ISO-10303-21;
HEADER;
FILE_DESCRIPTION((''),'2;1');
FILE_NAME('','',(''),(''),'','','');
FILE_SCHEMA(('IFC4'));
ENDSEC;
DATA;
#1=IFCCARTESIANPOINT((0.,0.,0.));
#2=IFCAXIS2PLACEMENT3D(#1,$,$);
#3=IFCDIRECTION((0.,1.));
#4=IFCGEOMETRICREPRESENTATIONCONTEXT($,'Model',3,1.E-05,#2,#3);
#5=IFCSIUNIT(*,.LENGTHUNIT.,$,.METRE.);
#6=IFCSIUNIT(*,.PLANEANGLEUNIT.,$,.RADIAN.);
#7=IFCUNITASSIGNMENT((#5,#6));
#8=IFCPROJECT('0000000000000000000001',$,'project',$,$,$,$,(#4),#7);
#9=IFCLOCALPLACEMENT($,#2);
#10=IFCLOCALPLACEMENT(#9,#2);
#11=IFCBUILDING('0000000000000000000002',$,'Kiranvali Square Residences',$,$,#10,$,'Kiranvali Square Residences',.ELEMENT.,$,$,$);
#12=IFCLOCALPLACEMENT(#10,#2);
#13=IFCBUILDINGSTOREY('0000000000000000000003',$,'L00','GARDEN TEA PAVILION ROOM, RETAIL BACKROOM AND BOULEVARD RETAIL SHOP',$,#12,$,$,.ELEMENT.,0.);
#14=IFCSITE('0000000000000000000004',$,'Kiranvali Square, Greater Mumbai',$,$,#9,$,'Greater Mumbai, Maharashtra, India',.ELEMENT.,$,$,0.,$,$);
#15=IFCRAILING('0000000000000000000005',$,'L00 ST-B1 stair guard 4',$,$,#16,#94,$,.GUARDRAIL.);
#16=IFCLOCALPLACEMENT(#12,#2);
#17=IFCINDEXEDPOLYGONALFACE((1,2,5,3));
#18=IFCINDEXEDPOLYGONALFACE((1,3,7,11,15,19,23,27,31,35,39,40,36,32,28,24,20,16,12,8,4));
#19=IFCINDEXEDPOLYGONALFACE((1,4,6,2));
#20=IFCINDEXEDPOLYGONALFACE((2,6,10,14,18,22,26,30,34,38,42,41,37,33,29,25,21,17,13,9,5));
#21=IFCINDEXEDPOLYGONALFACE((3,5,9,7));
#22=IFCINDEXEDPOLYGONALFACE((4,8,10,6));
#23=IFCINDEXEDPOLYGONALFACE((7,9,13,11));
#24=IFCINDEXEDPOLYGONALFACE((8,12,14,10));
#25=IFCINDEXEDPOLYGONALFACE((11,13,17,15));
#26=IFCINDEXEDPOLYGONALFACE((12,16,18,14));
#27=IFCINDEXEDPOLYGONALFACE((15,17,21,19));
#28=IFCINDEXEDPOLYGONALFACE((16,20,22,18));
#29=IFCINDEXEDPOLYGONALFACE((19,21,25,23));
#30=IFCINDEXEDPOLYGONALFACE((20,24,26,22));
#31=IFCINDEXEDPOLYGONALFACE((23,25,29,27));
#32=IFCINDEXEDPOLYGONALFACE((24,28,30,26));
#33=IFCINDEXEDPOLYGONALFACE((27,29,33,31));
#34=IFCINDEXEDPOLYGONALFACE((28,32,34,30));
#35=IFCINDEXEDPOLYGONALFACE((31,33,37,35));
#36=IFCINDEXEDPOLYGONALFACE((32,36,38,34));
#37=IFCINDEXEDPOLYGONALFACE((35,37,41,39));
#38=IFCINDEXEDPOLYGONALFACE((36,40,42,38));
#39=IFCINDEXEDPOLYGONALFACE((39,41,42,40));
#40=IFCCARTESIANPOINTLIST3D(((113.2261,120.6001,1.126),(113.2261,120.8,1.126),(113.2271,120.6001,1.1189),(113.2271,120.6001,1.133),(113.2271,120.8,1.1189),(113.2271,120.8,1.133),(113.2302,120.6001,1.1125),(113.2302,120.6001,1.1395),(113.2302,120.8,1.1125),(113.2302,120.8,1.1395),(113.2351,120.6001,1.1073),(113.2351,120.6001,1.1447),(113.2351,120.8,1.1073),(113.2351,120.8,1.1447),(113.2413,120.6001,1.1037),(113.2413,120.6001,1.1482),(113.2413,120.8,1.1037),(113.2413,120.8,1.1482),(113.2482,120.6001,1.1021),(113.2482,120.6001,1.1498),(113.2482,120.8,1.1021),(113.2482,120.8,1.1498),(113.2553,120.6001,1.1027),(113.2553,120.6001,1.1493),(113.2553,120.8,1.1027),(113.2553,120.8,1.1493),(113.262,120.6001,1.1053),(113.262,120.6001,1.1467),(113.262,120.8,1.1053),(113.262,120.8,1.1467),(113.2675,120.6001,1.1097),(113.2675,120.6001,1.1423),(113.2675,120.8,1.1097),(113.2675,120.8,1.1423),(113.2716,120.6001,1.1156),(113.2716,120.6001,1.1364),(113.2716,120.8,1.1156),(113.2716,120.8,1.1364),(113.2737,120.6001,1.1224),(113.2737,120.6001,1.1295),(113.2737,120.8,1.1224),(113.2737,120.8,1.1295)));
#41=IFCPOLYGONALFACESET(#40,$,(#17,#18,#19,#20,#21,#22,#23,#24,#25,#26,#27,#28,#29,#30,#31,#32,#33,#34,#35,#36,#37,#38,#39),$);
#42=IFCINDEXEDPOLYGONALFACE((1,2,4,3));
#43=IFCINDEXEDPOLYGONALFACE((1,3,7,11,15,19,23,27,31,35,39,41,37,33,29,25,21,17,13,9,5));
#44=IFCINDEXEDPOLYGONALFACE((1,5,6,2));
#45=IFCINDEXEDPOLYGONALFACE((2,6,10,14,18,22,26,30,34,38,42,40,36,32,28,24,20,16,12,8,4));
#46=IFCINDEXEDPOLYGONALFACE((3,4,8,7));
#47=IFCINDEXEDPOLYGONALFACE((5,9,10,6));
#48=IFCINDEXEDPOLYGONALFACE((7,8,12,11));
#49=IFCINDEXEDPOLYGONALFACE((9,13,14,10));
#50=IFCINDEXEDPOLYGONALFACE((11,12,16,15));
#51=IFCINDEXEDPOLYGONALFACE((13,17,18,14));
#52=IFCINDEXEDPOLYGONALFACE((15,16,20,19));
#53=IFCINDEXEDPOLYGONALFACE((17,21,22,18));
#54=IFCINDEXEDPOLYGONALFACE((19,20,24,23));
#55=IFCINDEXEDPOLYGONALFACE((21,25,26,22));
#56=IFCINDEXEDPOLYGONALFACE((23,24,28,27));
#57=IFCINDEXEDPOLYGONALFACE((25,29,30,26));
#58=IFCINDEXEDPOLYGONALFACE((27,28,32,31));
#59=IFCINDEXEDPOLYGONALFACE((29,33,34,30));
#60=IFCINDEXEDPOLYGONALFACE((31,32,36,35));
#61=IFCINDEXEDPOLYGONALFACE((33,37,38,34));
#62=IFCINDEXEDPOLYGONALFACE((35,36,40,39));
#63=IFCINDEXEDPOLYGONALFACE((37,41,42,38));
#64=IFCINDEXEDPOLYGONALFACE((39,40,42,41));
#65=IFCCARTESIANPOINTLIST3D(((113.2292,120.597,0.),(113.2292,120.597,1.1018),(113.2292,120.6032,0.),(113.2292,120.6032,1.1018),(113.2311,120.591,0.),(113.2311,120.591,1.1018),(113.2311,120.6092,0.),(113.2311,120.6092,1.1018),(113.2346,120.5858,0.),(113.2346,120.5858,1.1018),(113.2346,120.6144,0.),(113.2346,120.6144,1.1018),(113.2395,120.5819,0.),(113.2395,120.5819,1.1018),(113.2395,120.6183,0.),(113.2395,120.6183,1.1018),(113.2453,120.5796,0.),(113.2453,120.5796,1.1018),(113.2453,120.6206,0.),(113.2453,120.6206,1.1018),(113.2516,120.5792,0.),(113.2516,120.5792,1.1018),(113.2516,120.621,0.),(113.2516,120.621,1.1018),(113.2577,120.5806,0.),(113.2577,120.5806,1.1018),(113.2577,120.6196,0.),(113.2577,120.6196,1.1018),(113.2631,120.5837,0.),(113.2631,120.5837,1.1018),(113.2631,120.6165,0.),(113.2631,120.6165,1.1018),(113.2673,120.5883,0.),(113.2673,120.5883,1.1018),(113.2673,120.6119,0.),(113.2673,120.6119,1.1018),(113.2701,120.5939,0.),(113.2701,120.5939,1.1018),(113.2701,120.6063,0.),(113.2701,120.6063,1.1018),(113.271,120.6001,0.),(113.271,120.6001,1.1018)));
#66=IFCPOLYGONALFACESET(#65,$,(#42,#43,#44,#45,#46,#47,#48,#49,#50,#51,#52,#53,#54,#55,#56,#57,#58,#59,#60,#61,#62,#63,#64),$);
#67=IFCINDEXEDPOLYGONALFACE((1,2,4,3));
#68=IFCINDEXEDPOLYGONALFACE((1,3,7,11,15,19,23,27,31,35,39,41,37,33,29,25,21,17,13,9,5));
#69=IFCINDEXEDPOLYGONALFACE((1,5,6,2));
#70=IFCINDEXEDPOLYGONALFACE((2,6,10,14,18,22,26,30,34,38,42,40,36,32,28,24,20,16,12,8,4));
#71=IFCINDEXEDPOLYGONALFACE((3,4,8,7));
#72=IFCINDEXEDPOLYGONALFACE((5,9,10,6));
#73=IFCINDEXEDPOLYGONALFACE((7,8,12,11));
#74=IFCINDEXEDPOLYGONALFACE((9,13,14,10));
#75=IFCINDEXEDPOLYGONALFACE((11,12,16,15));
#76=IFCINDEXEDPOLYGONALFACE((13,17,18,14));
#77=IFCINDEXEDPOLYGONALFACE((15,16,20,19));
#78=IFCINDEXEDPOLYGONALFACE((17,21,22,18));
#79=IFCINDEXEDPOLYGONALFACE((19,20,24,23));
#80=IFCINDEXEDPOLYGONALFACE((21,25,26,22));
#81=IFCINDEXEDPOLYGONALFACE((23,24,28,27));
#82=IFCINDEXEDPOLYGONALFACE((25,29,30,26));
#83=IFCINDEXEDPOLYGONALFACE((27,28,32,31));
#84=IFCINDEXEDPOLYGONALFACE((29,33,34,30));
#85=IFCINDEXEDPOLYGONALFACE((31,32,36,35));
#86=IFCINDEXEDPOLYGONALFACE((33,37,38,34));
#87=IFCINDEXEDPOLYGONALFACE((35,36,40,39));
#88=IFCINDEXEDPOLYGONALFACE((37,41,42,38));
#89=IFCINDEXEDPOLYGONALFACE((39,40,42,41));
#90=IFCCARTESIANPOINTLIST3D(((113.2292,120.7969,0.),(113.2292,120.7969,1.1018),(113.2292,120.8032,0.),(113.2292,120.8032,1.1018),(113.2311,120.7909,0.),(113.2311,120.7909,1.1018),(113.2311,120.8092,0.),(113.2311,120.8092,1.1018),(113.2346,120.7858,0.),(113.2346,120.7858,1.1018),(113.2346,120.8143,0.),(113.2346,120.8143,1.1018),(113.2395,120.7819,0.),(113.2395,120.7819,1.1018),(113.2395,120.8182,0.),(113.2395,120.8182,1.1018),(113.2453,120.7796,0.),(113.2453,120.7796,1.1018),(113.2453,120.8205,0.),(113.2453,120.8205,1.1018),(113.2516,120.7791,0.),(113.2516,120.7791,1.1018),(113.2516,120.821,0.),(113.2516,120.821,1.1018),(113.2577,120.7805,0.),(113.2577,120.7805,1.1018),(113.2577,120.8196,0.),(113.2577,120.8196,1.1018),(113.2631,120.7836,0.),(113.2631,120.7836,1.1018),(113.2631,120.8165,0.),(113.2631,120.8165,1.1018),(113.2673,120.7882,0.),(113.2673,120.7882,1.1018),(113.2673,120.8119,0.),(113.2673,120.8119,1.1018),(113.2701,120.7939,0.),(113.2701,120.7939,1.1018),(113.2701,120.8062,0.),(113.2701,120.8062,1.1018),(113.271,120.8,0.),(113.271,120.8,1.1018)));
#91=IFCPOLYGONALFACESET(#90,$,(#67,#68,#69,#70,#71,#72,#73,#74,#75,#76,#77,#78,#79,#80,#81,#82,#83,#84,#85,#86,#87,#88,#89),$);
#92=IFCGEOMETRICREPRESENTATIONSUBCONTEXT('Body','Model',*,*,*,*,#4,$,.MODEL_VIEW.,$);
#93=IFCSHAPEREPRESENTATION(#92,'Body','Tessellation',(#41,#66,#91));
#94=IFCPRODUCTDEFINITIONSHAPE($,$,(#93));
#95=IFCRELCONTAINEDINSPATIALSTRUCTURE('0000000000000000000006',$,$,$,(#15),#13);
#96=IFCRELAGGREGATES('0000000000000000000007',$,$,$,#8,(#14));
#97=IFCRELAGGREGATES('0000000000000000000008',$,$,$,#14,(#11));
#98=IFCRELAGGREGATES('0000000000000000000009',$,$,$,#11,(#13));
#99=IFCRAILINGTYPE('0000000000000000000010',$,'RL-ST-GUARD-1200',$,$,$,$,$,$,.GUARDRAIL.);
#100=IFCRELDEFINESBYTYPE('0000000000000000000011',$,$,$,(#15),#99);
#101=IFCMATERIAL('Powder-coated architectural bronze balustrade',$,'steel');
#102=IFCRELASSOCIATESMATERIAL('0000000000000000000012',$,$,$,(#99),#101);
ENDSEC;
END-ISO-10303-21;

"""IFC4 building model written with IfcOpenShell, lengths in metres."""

from ifc_helpers import new_model, si_unit, direction, frame, origin, origin_2d, place, context, subcontext, project, spatial, circle, extrude, material, type_object, element, save


model = new_model("IFC4")

# Units and contexts
model_context = context("Model", 3, precision=1e-05, world=origin(), true_north=direction((0.0, 1.0)))
body_context = subcontext(model_context, "Body", "Model", "MODEL_VIEW")
ifc_project = project(units=[si_unit("LENGTHUNIT", "METRE"), si_unit("PLANEANGLEUNIT", "RADIAN")], contexts=[model_context])

# Site, building, storey
site_placement = place(None, origin())
site = spatial("IfcSite", under=ifc_project, at=site_placement, Name="Kiranvali Square, Greater Mumbai", LongName="Greater Mumbai, Maharashtra, India", CompositionType="ELEMENT", RefElevation=0.0)
building_placement = place(site_placement, origin())
building = spatial("IfcBuilding", under=site, at=building_placement, Name="Kiranvali Square Residences", LongName="Kiranvali Square Residences", CompositionType="ELEMENT")
storey_placement = place(building_placement, origin())
storey = spatial("IfcBuildingStorey", under=building, at=storey_placement, Name="L00", Description="GARDEN TEA PAVILION ROOM, RETAIL BACKROOM AND BOULEVARD RETAIL SHOP", CompositionType="ELEMENT", Elevation=0.0)

# Railing
ifc_material_1 = material(Name="Powder-coated architectural bronze balustrade", Category="steel")
railing_type_1 = type_object("IfcRailingType", Name="RL-ST-GUARD-1200", PredefinedType="GUARDRAIL", material=ifc_material_1)
railing_1_placement = place(storey_placement, frame((113.25, 120.6001, 0.0)))
element("IfcRailing", 1, at=railing_1_placement, inside=storey, type_object=railing_type_1, Name="L00 ST-B1 stair guard 4", PredefinedType="GUARDRAIL", context=body_context, shape_type="SweptSolid", body=[
    extrude(circle(Radius=0.0239, at=origin_2d()), frame((0.0, 0.0, 1.126), z_axis=(0.0, 1.0, 0.0), x_axis=(-1.0, 0.0, 0.0)), (0.0, 0.0, 1.0), 0.2),
    extrude(circle(Radius=0.021, at=origin_2d()), origin(), (0.0, 0.0, 1.0), 1.1018),
    extrude(circle(Radius=0.021, at=origin_2d()), frame((0.0, 0.2, 0.0)), (0.0, 0.0, 1.0), 1.1018),
])

save(model, "model.ifc")
